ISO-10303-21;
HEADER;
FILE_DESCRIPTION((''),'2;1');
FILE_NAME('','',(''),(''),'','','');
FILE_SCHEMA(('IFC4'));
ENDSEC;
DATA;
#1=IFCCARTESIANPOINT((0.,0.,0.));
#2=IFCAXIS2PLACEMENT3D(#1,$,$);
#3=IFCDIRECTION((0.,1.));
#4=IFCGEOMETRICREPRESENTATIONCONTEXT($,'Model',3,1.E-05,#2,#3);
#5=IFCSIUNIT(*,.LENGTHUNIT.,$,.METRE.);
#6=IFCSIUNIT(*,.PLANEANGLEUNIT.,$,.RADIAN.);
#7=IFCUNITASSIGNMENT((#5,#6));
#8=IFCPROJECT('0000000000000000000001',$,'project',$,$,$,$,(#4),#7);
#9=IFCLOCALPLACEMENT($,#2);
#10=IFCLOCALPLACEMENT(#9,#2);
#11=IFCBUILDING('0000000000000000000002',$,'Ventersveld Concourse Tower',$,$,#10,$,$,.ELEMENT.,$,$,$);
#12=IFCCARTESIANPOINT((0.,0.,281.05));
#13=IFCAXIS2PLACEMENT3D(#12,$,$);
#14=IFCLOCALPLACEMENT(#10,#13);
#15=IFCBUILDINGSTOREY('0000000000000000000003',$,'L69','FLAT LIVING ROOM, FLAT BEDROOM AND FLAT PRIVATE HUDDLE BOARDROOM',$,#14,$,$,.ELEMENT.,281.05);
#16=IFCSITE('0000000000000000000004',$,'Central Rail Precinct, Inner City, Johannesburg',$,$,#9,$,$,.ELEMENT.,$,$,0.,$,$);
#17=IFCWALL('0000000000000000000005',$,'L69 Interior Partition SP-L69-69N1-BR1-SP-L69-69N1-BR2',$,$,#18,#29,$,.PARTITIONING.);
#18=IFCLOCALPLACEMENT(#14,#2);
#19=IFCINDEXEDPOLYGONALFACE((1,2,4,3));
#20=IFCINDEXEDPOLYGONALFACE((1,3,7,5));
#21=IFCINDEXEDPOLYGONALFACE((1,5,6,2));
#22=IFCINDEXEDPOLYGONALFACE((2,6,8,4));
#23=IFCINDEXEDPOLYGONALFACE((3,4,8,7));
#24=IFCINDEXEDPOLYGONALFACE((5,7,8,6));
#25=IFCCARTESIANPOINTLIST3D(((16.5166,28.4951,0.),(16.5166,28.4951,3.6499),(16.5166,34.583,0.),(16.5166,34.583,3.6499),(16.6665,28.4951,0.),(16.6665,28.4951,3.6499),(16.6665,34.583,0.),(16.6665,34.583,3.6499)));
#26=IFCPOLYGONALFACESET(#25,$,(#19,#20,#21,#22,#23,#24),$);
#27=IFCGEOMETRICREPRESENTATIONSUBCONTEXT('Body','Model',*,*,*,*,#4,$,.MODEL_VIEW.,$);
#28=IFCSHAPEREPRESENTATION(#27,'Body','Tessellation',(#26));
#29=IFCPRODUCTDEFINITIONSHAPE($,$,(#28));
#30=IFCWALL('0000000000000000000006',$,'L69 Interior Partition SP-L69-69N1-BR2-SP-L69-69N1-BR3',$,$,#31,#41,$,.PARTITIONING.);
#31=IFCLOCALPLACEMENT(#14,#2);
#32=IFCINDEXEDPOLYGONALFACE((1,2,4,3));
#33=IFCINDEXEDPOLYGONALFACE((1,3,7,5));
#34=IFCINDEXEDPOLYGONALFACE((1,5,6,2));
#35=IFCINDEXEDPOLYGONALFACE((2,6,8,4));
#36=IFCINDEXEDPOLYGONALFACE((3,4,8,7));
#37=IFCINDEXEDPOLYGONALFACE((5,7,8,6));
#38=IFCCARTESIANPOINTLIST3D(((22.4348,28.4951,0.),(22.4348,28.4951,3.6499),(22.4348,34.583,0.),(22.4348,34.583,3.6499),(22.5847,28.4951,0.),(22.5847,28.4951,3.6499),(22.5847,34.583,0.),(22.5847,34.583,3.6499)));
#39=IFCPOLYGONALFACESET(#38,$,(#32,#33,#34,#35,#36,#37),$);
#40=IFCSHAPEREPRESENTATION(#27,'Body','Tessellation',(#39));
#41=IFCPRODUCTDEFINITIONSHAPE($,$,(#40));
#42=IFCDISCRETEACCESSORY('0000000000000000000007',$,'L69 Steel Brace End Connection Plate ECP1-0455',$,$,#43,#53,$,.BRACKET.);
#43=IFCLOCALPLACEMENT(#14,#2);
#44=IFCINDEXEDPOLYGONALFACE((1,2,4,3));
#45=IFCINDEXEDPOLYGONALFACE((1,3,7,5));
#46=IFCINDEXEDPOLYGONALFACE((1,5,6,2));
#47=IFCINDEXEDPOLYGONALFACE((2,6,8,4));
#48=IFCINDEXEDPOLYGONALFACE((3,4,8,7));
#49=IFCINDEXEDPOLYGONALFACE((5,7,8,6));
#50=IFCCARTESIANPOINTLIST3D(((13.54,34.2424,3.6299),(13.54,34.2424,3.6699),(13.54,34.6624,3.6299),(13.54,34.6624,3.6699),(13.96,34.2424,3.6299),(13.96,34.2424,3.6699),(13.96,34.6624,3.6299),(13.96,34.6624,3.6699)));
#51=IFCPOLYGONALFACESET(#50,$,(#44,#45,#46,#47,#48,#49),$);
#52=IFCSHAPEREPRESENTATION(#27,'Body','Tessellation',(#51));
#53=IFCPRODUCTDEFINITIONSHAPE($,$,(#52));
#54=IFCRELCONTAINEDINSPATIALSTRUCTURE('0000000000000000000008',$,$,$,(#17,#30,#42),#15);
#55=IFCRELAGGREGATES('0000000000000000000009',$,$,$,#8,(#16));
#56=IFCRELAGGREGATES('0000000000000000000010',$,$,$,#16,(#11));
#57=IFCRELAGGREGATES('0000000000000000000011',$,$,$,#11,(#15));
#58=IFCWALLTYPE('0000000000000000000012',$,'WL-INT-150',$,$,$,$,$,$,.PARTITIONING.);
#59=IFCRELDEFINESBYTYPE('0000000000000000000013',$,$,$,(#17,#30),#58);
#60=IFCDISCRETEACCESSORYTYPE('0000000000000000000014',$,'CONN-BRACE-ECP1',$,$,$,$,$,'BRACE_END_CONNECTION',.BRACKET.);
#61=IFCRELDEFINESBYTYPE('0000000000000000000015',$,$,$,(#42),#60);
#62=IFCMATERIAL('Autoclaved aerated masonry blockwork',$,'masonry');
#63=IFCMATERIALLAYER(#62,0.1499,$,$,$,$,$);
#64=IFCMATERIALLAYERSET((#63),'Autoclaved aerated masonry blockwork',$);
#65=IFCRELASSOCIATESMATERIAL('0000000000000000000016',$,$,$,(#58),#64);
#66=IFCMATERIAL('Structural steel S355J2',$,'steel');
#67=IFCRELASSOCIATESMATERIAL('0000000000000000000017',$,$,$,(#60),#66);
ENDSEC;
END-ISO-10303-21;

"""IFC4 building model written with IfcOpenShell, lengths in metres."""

from ifc_helpers import new_model, si_unit, direction, frame, frame_2d, origin, origin_2d, place, context, subcontext, project, spatial, rectangle, extrude, material, layer, layer_set, type_object, element, save


model = new_model("IFC4")

# Units and contexts
model_context = context("Model", 3, precision=1e-05, world=origin(), true_north=direction((0.0, 1.0)))
body_context = subcontext(model_context, "Body", "Model", "MODEL_VIEW")
ifc_project = project(units=[si_unit("LENGTHUNIT", "METRE"), si_unit("PLANEANGLEUNIT", "RADIAN")], contexts=[model_context])

# Site, building, storey
site_placement = place(None, origin())
site = spatial("IfcSite", under=ifc_project, at=site_placement, Name="Central Rail Precinct, Inner City, Johannesburg", CompositionType="ELEMENT", RefElevation=0.0)
building_placement = place(site_placement, origin())
building = spatial("IfcBuilding", under=site, at=building_placement, Name="Ventersveld Concourse Tower", CompositionType="ELEMENT")
storey_placement = place(building_placement, frame((0.0, 0.0, 281.05)))
storey = spatial("IfcBuildingStorey", under=building, at=storey_placement, Name="L69", Description="FLAT LIVING ROOM, FLAT BEDROOM AND FLAT PRIVATE HUDDLE BOARDROOM", CompositionType="ELEMENT", Elevation=281.05)

# Shared definitions
ifc_material_1 = material(Name="Structural steel S355J2", Category="steel")

# Shared definitions
ifc_material_2 = material(Name="Autoclaved aerated masonry blockwork", Category="masonry")
ifc_layer = layer(ifc_material_2, 0.1499)
ifc_layer_set = layer_set([ifc_layer], Name="Autoclaved aerated masonry blockwork")
wall_type = type_object("IfcWallType", Name="WL-INT-150", PredefinedType="PARTITIONING", material=ifc_layer_set)

# Walls
for number, where, z_axis, x_axis, name in (
    (1, (16.5916, 28.4951, 0.0), (0.0, 0.0, 1.0), (0.0, 1.0, 0.0), "L69 Interior Partition SP-L69-69N1-BR1-SP-L69-69N1-BR2"),
    (2, (22.5098, 28.4951, 0.0), (0.0, 0.0, 1.0), (0.0, 1.0, 0.0), "L69 Interior Partition SP-L69-69N1-BR2-SP-L69-69N1-BR3"),
):
    element("IfcWall", number, at=place(storey_placement, frame(where, z_axis=z_axis, x_axis=x_axis)), inside=storey, type_object=wall_type, Name=name, PredefinedType="PARTITIONING", context=body_context, shape_type="SweptSolid", body=[
        extrude(rectangle(XDim=6.0879, YDim=0.1499, at=frame_2d((3.0439, 0.0))), origin(), (0.0, 0.0, 1.0), 3.6499),
    ])

# Discrete accessory
discrete_accessory_type = type_object("IfcDiscreteAccessoryType", Name="CONN-BRACE-ECP1", ElementType="BRACE_END_CONNECTION", PredefinedType="BRACKET", material=ifc_material_1)
discrete_accessory_placement = place(storey_placement, frame((13.75, 34.4524, 3.6299), z_axis=(0.0, 0.0, 1.0), x_axis=(1.0, 0.0, 0.0)))
element("IfcDiscreteAccessory", 3, at=discrete_accessory_placement, inside=storey, type_object=discrete_accessory_type, Name="L69 Steel Brace End Connection Plate ECP1-0455", PredefinedType="BRACKET", context=body_context, shape_type="SweptSolid", body=[
    extrude(rectangle(XDim=0.4199, YDim=0.4199, at=origin_2d()), origin(), (0.0, 0.0, 1.0), 0.04),
])

save(model, "model.ifc")
